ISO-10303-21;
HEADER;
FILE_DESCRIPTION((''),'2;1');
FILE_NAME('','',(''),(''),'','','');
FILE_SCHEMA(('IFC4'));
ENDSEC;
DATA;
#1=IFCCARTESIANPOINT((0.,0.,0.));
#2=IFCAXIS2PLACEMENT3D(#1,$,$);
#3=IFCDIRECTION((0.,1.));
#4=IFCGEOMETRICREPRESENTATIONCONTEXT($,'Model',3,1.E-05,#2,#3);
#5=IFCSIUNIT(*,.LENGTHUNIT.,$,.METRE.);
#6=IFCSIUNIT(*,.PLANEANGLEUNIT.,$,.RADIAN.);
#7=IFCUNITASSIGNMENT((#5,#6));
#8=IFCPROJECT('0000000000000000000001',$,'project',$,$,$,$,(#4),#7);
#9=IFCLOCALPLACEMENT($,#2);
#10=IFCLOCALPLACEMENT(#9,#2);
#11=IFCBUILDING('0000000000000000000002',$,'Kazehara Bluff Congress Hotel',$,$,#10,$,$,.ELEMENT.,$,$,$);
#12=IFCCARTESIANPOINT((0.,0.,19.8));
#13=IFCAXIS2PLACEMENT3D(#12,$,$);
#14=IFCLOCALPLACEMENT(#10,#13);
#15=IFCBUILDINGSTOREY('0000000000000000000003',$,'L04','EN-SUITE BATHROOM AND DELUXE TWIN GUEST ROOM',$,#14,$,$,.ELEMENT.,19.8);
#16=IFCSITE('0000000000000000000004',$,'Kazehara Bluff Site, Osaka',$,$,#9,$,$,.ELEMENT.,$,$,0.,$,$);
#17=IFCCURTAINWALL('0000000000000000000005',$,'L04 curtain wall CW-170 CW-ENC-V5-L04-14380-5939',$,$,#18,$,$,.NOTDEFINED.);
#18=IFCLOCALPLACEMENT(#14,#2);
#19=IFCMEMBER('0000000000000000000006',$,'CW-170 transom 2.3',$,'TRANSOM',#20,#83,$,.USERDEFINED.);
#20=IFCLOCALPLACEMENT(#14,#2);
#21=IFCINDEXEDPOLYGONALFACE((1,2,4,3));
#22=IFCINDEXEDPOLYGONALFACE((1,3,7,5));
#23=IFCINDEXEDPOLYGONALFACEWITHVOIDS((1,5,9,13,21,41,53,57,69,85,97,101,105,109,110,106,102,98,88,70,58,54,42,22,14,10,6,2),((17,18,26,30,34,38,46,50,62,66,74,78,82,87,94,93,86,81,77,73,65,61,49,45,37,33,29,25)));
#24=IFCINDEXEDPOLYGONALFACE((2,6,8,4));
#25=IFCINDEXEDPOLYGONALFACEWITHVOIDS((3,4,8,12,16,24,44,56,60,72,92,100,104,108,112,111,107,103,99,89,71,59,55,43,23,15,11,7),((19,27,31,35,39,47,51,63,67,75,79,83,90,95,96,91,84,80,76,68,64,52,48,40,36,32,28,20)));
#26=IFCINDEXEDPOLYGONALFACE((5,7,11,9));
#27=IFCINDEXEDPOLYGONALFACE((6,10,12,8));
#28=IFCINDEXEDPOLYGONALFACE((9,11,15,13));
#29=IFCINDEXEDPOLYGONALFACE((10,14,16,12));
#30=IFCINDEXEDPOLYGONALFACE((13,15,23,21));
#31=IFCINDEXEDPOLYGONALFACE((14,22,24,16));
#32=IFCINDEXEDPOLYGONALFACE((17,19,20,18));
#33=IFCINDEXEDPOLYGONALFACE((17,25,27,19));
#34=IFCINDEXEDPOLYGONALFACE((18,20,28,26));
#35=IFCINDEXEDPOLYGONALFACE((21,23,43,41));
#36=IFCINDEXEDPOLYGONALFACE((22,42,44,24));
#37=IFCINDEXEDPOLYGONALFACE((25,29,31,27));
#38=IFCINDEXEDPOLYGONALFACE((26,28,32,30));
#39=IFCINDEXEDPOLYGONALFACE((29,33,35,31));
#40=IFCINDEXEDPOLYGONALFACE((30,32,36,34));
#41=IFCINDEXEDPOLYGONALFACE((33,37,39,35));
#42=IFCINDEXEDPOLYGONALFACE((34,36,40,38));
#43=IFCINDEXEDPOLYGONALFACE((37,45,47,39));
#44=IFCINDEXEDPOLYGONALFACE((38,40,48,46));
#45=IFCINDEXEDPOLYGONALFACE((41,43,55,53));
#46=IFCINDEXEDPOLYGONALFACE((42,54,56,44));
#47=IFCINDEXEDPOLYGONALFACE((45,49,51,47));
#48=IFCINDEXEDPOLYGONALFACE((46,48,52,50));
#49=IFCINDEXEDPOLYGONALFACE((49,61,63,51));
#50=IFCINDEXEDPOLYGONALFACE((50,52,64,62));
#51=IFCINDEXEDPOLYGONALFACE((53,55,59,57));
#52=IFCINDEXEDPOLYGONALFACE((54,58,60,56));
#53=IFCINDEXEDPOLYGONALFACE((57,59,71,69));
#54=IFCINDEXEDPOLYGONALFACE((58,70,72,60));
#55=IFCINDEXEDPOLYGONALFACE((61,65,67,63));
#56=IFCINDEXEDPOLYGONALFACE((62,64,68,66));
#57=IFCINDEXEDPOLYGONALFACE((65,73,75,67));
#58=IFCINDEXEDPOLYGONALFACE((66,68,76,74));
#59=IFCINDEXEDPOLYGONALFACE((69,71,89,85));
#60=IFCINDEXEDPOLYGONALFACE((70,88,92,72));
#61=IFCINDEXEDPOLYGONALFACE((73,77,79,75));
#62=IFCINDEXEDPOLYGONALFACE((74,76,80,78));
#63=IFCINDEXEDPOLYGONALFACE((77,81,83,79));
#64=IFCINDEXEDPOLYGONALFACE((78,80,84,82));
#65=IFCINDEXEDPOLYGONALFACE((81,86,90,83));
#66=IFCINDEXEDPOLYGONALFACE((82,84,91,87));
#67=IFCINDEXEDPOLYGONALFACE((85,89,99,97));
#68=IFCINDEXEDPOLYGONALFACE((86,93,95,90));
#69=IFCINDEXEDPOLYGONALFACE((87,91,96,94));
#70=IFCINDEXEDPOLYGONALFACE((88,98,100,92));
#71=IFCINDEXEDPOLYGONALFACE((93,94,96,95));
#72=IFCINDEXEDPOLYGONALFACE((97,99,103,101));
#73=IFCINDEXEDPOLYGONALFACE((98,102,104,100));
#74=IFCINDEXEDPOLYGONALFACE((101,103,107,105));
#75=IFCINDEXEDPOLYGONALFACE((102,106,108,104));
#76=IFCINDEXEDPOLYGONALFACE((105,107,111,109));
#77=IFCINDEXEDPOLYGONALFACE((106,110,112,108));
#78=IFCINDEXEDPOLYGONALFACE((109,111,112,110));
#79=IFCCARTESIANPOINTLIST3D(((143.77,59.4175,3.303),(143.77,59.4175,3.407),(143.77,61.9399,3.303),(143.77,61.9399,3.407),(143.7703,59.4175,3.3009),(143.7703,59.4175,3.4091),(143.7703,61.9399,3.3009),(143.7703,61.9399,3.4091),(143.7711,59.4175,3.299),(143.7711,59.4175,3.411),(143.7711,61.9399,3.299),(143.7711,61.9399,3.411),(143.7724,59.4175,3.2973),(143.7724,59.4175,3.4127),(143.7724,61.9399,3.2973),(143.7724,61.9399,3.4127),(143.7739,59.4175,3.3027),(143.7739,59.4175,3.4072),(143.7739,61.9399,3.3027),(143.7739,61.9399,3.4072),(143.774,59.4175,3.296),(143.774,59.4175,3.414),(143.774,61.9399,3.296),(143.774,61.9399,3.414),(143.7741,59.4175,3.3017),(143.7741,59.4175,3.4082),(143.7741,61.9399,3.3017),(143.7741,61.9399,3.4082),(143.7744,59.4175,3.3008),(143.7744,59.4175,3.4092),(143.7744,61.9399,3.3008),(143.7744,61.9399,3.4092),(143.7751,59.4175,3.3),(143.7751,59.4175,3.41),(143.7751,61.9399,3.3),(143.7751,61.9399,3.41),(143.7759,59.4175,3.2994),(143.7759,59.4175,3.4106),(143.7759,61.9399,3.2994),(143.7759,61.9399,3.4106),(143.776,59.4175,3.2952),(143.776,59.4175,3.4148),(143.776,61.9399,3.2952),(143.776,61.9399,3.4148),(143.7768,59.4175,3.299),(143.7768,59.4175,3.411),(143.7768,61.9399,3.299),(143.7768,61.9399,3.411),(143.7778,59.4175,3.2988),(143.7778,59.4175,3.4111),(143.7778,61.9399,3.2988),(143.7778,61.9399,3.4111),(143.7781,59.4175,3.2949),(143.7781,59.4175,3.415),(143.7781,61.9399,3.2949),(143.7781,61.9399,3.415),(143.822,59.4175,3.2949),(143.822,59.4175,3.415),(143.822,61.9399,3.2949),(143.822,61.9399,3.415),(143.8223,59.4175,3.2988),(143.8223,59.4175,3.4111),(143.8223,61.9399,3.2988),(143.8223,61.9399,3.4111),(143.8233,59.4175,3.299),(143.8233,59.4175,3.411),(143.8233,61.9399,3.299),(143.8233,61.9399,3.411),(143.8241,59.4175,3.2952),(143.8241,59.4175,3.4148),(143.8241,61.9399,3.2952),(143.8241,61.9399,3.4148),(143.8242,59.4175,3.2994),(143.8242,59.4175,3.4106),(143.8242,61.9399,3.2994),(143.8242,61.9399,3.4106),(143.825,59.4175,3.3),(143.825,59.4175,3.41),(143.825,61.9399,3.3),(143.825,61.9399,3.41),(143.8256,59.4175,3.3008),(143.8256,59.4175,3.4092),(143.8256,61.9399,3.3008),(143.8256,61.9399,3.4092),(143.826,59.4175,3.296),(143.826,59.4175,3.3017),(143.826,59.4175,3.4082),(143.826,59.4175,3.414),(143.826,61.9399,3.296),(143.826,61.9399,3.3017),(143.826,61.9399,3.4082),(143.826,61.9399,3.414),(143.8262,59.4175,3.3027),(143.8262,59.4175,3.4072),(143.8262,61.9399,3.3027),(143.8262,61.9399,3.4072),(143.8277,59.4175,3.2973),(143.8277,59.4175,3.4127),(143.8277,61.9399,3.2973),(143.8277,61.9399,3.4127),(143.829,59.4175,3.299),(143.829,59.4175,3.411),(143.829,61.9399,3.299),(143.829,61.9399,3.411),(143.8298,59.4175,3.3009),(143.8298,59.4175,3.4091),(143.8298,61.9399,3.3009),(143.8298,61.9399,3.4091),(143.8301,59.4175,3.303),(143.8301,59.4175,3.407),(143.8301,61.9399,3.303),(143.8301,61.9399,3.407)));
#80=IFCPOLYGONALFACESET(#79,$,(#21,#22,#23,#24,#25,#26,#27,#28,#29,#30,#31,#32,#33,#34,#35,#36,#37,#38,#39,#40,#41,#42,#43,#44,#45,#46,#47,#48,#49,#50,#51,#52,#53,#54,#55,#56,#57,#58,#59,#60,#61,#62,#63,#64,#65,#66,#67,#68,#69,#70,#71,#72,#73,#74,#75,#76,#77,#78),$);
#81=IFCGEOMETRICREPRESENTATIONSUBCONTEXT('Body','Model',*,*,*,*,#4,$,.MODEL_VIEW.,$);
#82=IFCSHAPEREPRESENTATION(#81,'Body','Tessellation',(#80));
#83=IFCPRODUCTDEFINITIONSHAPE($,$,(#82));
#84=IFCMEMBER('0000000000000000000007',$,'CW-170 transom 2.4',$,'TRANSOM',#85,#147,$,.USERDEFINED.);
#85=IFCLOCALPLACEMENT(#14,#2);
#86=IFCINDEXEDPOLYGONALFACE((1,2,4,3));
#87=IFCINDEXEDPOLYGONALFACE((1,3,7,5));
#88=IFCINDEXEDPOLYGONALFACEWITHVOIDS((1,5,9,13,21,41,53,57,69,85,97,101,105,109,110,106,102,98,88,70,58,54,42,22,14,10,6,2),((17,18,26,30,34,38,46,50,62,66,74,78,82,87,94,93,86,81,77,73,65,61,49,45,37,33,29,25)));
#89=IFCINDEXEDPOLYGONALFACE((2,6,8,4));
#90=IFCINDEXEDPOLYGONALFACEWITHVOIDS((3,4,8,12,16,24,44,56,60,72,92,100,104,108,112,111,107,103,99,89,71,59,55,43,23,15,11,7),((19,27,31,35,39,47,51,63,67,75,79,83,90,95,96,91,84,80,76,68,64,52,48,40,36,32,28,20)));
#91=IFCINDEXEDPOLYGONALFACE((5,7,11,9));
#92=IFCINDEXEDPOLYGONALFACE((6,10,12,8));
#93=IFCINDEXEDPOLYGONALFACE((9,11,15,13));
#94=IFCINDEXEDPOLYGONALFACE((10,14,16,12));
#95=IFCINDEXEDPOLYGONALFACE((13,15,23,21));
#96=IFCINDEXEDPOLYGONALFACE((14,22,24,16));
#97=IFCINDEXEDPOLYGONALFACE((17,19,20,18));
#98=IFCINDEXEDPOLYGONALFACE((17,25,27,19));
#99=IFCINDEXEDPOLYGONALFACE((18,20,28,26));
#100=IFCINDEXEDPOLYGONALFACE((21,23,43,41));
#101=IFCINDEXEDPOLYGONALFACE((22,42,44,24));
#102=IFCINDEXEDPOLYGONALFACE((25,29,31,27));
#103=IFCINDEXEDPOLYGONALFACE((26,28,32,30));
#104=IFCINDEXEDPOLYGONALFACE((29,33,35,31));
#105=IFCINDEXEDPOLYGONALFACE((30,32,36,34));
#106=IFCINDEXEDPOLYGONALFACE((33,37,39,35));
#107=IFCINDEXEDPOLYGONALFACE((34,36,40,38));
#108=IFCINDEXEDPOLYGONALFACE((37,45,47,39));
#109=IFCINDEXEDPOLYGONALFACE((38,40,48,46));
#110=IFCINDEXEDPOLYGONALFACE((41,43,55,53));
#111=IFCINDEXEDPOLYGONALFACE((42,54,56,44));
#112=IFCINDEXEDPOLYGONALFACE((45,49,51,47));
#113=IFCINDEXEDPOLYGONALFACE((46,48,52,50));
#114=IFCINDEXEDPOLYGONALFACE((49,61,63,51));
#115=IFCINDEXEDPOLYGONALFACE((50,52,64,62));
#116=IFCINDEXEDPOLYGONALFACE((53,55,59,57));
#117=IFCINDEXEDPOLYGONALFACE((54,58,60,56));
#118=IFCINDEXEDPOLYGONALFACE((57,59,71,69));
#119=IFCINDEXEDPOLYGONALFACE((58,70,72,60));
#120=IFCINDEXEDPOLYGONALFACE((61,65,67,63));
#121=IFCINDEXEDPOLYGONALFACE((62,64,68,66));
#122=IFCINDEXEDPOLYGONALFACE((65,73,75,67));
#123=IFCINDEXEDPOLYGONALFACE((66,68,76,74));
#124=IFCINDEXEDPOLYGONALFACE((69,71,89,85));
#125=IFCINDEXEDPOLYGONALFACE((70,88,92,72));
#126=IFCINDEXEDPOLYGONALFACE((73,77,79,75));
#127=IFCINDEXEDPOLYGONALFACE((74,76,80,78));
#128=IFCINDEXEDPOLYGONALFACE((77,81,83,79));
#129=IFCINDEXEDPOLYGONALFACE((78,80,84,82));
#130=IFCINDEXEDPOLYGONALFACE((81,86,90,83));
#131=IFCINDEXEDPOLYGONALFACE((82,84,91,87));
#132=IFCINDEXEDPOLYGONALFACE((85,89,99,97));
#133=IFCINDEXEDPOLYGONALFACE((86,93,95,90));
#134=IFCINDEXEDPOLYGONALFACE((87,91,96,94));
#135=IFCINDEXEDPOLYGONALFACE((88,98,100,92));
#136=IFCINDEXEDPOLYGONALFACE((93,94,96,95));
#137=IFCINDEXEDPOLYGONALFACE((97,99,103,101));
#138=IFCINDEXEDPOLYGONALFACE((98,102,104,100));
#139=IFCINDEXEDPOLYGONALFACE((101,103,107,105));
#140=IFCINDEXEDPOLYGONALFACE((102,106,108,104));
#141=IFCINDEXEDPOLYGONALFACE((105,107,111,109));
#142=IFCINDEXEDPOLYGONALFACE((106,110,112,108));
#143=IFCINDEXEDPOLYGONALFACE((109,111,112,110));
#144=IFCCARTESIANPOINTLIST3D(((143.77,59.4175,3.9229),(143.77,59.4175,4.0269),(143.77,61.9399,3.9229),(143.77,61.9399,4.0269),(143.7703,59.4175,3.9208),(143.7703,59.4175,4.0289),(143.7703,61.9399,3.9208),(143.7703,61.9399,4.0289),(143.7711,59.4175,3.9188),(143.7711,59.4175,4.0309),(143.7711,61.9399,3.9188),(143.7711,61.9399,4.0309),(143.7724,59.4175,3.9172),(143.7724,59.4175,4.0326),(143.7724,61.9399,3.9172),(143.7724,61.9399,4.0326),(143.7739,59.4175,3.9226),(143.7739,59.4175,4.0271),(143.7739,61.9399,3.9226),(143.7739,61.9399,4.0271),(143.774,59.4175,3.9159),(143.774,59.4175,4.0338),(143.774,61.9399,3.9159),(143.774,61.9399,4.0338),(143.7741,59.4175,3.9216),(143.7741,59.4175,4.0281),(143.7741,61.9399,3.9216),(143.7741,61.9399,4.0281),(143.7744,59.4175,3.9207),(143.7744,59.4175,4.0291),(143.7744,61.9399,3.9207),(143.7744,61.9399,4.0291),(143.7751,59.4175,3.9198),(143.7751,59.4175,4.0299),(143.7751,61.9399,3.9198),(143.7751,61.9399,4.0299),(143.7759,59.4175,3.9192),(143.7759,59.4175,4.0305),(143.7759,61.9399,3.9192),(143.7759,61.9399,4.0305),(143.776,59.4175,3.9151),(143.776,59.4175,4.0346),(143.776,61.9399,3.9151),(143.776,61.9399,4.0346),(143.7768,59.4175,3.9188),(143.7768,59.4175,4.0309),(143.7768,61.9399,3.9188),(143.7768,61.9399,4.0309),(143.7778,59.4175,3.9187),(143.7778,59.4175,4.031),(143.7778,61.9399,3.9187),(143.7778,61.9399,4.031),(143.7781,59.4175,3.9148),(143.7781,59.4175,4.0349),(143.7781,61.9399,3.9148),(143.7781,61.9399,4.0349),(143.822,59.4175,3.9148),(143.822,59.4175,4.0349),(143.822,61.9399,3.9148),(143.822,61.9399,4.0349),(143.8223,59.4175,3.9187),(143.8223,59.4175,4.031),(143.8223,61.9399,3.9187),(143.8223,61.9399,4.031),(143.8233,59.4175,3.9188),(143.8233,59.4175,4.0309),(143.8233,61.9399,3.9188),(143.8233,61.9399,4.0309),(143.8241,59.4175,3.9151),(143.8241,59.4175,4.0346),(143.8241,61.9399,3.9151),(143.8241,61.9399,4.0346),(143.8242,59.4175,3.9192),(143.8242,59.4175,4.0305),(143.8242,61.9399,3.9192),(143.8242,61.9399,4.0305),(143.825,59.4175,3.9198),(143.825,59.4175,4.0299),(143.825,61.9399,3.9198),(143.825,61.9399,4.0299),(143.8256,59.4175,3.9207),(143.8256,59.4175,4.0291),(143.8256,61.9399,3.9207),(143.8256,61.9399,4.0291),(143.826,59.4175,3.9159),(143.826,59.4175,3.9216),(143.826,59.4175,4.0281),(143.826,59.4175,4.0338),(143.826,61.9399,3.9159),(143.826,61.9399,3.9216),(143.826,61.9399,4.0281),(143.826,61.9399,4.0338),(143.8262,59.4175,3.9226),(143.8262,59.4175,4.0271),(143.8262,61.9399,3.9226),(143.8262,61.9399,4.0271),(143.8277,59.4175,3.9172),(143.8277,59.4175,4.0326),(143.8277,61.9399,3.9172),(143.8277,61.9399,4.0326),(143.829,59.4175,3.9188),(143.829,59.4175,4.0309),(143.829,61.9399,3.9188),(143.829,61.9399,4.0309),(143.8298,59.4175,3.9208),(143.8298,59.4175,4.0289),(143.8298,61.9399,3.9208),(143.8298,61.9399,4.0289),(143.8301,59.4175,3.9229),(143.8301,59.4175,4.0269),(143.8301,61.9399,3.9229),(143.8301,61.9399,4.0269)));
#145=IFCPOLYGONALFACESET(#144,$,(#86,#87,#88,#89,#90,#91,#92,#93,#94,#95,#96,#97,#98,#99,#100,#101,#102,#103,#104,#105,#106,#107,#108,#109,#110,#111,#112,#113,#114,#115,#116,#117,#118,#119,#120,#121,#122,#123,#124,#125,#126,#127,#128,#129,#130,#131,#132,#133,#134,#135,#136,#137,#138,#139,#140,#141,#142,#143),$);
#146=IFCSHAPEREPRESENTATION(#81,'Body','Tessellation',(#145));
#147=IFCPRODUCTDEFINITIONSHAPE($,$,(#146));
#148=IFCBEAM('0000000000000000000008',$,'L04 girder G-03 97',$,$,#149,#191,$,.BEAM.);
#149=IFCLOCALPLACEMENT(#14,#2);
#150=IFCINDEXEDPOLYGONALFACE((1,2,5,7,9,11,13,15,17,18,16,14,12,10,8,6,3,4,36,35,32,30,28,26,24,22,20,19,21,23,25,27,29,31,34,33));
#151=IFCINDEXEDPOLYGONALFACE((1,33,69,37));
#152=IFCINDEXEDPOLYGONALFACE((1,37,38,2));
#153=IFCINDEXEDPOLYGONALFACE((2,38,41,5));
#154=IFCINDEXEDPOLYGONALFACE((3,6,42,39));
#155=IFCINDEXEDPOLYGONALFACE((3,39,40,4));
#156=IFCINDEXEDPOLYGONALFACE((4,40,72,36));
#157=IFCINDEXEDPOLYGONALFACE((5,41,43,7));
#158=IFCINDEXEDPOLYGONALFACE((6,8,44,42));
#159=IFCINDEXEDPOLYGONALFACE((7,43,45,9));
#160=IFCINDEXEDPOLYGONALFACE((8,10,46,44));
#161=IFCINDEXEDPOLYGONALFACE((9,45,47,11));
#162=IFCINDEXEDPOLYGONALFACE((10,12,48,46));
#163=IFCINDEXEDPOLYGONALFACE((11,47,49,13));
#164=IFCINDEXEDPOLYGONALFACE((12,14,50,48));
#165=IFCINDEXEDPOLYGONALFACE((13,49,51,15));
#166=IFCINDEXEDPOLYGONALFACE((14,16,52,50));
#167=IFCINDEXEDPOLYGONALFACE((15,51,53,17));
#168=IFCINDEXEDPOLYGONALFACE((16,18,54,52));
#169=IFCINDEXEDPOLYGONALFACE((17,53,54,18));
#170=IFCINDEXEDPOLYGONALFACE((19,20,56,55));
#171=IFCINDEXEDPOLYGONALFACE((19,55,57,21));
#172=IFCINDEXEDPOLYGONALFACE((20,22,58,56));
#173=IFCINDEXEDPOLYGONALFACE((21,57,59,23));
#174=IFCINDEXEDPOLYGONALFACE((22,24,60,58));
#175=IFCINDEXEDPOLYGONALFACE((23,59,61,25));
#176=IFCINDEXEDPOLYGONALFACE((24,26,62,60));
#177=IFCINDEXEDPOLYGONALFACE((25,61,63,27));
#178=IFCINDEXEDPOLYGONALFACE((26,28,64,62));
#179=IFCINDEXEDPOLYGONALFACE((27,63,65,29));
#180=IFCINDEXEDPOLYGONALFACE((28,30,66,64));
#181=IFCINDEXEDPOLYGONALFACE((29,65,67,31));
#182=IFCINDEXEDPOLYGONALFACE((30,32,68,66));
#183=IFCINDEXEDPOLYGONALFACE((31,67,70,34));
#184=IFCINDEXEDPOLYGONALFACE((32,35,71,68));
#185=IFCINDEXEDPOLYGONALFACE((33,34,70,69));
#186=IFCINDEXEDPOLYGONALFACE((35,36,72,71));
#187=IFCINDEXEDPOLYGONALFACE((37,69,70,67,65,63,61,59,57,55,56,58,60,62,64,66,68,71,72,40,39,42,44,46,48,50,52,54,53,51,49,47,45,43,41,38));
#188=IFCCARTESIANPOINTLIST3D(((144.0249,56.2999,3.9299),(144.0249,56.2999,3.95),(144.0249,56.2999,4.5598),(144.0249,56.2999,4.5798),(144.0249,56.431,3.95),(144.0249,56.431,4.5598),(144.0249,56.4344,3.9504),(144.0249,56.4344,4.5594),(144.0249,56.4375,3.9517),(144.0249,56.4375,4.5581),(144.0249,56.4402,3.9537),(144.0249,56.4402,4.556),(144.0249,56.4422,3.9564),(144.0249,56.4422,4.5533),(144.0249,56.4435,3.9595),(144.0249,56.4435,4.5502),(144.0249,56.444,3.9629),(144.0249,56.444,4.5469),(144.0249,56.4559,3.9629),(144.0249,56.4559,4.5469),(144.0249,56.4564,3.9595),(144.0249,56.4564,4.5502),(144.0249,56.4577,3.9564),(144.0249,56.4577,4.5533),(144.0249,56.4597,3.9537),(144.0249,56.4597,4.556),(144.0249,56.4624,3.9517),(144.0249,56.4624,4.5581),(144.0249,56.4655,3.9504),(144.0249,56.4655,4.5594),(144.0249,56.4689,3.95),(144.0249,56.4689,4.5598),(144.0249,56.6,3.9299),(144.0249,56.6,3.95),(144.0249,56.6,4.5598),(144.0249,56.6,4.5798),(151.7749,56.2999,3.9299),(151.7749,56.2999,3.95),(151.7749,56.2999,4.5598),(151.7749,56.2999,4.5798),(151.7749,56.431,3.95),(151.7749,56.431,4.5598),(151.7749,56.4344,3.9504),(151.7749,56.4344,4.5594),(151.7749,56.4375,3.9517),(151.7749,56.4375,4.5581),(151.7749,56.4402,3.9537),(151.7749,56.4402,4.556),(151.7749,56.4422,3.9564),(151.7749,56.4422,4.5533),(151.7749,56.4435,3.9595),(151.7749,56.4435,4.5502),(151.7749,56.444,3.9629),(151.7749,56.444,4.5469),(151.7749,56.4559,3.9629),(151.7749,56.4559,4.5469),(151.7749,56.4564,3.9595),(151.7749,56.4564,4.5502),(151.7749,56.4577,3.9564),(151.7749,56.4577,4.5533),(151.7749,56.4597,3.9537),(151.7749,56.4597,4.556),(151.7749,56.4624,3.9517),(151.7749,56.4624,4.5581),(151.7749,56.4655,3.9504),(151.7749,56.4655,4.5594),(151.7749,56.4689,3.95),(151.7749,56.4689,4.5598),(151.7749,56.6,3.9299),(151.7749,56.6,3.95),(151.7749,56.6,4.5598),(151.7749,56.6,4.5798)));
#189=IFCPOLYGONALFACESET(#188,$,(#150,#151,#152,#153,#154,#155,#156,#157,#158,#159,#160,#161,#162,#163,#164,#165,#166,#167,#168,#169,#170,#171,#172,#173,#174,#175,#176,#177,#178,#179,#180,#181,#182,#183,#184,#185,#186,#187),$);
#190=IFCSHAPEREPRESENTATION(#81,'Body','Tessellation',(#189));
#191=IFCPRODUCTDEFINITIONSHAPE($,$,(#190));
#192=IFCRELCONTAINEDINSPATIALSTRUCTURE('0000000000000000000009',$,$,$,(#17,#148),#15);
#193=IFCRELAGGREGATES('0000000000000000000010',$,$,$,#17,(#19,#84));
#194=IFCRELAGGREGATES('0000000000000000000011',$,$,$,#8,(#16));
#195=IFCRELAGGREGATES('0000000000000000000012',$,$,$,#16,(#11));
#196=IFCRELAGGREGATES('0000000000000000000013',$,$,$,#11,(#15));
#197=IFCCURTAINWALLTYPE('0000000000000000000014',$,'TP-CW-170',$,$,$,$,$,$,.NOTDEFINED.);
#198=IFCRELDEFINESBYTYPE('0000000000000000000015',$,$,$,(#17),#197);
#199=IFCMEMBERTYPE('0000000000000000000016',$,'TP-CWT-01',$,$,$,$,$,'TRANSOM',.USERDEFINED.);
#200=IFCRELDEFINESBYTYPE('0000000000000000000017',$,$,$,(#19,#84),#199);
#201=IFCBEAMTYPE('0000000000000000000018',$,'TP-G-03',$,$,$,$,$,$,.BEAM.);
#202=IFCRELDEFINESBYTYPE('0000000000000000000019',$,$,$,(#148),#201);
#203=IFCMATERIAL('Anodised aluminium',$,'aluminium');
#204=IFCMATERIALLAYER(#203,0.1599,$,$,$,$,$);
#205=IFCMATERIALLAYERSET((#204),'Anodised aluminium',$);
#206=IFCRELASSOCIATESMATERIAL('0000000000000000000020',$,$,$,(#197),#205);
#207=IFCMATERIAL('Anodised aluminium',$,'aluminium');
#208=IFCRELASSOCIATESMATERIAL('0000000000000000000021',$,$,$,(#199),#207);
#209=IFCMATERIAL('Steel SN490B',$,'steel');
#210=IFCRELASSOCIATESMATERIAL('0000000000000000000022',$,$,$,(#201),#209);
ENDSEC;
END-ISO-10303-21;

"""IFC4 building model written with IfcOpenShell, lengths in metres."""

from ifc_helpers import new_model, si_unit, direction, frame, origin, origin_2d, place, context, subcontext, project, spatial, hollow_rectangle, i_section, extrude, material, layer, layer_set, material_profile, profile_set, type_object, element, aggregate, save


model = new_model("IFC4")

# Units and contexts
model_context = context("Model", 3, precision=1e-05, world=origin(), true_north=direction((0.0, 1.0)))
body_context = subcontext(model_context, "Body", "Model", "MODEL_VIEW")
ifc_project = project(units=[si_unit("LENGTHUNIT", "METRE"), si_unit("PLANEANGLEUNIT", "RADIAN")], contexts=[model_context])

# Site, building, storey
site_placement = place(None, origin())
site = spatial("IfcSite", under=ifc_project, at=site_placement, Name="Kazehara Bluff Site, Osaka", CompositionType="ELEMENT", RefElevation=0.0)
building_placement = place(site_placement, origin())
building = spatial("IfcBuilding", under=site, at=building_placement, Name="Kazehara Bluff Congress Hotel", CompositionType="ELEMENT")
storey_placement = place(building_placement, frame((0.0, 0.0, 19.8)))
storey = spatial("IfcBuildingStorey", under=building, at=storey_placement, Name="L04", Description="EN-SUITE BATHROOM AND DELUXE TWIN GUEST ROOM", CompositionType="ELEMENT", Elevation=19.8)

# Curtain wall, members
ifc_material_1 = material(Name="Anodised aluminium", Category="aluminium")
ifc_layer_1 = layer(ifc_material_1, 0.1599)
ifc_layer_set_1 = layer_set([ifc_layer_1], Name="Anodised aluminium")
curtain_wall_type = type_object("IfcCurtainWallType", Name="TP-CW-170", PredefinedType="NOTDEFINED", material=ifc_layer_set_1)
curtain_wall_placement = place(storey_placement, origin())
curtain_wall = element("IfcCurtainWall", 1, at=curtain_wall_placement, inside=storey, type_object=curtain_wall_type, Name="L04 curtain wall CW-170 CW-ENC-V5-L04-14380-5939", PredefinedType="NOTDEFINED")
ifc_material_2 = material(Name="Anodised aluminium", Category="aluminium")
ifc_material_profile_1 = material_profile(ifc_material_2, hollow_rectangle(XDim=0.0601, YDim=0.1201, WallThickness=0.0039, InnerFilletRadius=0.0039, OuterFilletRadius=0.0081, at=origin_2d()))
ifc_profile_set_1 = profile_set([ifc_material_profile_1], Name="Anodised aluminium")
member_type_1 = type_object("IfcMemberType", Name="TP-CWT-01", ElementType="TRANSOM", PredefinedType="USERDEFINED", material=ifc_profile_set_1)
member_1_placement = place(storey_placement, frame((143.8, 59.4175, 3.355), z_axis=(0.0, 1.0, 0.0), x_axis=(-1.0, 0.0, 0.0)))
member_1 = element("IfcMember", 2, at=member_1_placement, type_object=member_type_1, Name="CW-170 transom 2.3", ObjectType="TRANSOM", PredefinedType="USERDEFINED", context=body_context, shape_type="SweptSolid", body=[
    extrude(hollow_rectangle(XDim=0.0601, YDim=0.1201, WallThickness=0.0039, InnerFilletRadius=0.0039, OuterFilletRadius=0.0081, at=origin_2d()), origin(), (0.0, 0.0, 1.0), 2.5225),
])
member_2_placement = place(storey_placement, frame((143.8, 59.4175, 3.9749), z_axis=(0.0, 1.0, 0.0), x_axis=(-1.0, 0.0, 0.0)))
member_2 = element("IfcMember", 3, at=member_2_placement, type_object=member_type_1, Name="CW-170 transom 2.4", ObjectType="TRANSOM", PredefinedType="USERDEFINED", context=body_context, shape_type="SweptSolid", body=[
    extrude(hollow_rectangle(XDim=0.0601, YDim=0.1201, WallThickness=0.0039, InnerFilletRadius=0.0039, OuterFilletRadius=0.0081, at=origin_2d()), origin(), (0.0, 0.0, 1.0), 2.5225),
])

# Beam
ifc_material_3 = material(Name="Steel SN490B", Category="steel")
ifc_material_profile_2 = material_profile(ifc_material_3, i_section(OverallWidth=0.3, OverallDepth=0.6499, WebThickness=0.012, FlangeThickness=0.02, FilletRadius=0.0129, at=origin_2d()))
ifc_profile_set_2 = profile_set([ifc_material_profile_2], Name="Steel SN490B")
beam_type_1 = type_object("IfcBeamType", Name="TP-G-03", PredefinedType="BEAM", material=ifc_profile_set_2)
for number, where, z_axis, x_axis, name in (
    (4, (144.0249, 56.45, 4.2549), (1.0, 0.0, 0.0), (0.0, 1.0, 0.0), "L04 girder G-03 97"),
):
    element("IfcBeam", number, at=place(storey_placement, frame(where, z_axis=z_axis, x_axis=x_axis)), inside=storey, type_object=beam_type_1, Name=name, PredefinedType="BEAM", context=body_context, shape_type="SweptSolid", body=[
        extrude(i_section(OverallWidth=0.3, OverallDepth=0.6499, WebThickness=0.012, FlangeThickness=0.02, FilletRadius=0.0129, at=origin_2d()), origin(), (0.0, 0.0, 1.0), 7.75),
    ])

aggregate(curtain_wall, [member_1, member_2])

save(model, "model.ifc")
